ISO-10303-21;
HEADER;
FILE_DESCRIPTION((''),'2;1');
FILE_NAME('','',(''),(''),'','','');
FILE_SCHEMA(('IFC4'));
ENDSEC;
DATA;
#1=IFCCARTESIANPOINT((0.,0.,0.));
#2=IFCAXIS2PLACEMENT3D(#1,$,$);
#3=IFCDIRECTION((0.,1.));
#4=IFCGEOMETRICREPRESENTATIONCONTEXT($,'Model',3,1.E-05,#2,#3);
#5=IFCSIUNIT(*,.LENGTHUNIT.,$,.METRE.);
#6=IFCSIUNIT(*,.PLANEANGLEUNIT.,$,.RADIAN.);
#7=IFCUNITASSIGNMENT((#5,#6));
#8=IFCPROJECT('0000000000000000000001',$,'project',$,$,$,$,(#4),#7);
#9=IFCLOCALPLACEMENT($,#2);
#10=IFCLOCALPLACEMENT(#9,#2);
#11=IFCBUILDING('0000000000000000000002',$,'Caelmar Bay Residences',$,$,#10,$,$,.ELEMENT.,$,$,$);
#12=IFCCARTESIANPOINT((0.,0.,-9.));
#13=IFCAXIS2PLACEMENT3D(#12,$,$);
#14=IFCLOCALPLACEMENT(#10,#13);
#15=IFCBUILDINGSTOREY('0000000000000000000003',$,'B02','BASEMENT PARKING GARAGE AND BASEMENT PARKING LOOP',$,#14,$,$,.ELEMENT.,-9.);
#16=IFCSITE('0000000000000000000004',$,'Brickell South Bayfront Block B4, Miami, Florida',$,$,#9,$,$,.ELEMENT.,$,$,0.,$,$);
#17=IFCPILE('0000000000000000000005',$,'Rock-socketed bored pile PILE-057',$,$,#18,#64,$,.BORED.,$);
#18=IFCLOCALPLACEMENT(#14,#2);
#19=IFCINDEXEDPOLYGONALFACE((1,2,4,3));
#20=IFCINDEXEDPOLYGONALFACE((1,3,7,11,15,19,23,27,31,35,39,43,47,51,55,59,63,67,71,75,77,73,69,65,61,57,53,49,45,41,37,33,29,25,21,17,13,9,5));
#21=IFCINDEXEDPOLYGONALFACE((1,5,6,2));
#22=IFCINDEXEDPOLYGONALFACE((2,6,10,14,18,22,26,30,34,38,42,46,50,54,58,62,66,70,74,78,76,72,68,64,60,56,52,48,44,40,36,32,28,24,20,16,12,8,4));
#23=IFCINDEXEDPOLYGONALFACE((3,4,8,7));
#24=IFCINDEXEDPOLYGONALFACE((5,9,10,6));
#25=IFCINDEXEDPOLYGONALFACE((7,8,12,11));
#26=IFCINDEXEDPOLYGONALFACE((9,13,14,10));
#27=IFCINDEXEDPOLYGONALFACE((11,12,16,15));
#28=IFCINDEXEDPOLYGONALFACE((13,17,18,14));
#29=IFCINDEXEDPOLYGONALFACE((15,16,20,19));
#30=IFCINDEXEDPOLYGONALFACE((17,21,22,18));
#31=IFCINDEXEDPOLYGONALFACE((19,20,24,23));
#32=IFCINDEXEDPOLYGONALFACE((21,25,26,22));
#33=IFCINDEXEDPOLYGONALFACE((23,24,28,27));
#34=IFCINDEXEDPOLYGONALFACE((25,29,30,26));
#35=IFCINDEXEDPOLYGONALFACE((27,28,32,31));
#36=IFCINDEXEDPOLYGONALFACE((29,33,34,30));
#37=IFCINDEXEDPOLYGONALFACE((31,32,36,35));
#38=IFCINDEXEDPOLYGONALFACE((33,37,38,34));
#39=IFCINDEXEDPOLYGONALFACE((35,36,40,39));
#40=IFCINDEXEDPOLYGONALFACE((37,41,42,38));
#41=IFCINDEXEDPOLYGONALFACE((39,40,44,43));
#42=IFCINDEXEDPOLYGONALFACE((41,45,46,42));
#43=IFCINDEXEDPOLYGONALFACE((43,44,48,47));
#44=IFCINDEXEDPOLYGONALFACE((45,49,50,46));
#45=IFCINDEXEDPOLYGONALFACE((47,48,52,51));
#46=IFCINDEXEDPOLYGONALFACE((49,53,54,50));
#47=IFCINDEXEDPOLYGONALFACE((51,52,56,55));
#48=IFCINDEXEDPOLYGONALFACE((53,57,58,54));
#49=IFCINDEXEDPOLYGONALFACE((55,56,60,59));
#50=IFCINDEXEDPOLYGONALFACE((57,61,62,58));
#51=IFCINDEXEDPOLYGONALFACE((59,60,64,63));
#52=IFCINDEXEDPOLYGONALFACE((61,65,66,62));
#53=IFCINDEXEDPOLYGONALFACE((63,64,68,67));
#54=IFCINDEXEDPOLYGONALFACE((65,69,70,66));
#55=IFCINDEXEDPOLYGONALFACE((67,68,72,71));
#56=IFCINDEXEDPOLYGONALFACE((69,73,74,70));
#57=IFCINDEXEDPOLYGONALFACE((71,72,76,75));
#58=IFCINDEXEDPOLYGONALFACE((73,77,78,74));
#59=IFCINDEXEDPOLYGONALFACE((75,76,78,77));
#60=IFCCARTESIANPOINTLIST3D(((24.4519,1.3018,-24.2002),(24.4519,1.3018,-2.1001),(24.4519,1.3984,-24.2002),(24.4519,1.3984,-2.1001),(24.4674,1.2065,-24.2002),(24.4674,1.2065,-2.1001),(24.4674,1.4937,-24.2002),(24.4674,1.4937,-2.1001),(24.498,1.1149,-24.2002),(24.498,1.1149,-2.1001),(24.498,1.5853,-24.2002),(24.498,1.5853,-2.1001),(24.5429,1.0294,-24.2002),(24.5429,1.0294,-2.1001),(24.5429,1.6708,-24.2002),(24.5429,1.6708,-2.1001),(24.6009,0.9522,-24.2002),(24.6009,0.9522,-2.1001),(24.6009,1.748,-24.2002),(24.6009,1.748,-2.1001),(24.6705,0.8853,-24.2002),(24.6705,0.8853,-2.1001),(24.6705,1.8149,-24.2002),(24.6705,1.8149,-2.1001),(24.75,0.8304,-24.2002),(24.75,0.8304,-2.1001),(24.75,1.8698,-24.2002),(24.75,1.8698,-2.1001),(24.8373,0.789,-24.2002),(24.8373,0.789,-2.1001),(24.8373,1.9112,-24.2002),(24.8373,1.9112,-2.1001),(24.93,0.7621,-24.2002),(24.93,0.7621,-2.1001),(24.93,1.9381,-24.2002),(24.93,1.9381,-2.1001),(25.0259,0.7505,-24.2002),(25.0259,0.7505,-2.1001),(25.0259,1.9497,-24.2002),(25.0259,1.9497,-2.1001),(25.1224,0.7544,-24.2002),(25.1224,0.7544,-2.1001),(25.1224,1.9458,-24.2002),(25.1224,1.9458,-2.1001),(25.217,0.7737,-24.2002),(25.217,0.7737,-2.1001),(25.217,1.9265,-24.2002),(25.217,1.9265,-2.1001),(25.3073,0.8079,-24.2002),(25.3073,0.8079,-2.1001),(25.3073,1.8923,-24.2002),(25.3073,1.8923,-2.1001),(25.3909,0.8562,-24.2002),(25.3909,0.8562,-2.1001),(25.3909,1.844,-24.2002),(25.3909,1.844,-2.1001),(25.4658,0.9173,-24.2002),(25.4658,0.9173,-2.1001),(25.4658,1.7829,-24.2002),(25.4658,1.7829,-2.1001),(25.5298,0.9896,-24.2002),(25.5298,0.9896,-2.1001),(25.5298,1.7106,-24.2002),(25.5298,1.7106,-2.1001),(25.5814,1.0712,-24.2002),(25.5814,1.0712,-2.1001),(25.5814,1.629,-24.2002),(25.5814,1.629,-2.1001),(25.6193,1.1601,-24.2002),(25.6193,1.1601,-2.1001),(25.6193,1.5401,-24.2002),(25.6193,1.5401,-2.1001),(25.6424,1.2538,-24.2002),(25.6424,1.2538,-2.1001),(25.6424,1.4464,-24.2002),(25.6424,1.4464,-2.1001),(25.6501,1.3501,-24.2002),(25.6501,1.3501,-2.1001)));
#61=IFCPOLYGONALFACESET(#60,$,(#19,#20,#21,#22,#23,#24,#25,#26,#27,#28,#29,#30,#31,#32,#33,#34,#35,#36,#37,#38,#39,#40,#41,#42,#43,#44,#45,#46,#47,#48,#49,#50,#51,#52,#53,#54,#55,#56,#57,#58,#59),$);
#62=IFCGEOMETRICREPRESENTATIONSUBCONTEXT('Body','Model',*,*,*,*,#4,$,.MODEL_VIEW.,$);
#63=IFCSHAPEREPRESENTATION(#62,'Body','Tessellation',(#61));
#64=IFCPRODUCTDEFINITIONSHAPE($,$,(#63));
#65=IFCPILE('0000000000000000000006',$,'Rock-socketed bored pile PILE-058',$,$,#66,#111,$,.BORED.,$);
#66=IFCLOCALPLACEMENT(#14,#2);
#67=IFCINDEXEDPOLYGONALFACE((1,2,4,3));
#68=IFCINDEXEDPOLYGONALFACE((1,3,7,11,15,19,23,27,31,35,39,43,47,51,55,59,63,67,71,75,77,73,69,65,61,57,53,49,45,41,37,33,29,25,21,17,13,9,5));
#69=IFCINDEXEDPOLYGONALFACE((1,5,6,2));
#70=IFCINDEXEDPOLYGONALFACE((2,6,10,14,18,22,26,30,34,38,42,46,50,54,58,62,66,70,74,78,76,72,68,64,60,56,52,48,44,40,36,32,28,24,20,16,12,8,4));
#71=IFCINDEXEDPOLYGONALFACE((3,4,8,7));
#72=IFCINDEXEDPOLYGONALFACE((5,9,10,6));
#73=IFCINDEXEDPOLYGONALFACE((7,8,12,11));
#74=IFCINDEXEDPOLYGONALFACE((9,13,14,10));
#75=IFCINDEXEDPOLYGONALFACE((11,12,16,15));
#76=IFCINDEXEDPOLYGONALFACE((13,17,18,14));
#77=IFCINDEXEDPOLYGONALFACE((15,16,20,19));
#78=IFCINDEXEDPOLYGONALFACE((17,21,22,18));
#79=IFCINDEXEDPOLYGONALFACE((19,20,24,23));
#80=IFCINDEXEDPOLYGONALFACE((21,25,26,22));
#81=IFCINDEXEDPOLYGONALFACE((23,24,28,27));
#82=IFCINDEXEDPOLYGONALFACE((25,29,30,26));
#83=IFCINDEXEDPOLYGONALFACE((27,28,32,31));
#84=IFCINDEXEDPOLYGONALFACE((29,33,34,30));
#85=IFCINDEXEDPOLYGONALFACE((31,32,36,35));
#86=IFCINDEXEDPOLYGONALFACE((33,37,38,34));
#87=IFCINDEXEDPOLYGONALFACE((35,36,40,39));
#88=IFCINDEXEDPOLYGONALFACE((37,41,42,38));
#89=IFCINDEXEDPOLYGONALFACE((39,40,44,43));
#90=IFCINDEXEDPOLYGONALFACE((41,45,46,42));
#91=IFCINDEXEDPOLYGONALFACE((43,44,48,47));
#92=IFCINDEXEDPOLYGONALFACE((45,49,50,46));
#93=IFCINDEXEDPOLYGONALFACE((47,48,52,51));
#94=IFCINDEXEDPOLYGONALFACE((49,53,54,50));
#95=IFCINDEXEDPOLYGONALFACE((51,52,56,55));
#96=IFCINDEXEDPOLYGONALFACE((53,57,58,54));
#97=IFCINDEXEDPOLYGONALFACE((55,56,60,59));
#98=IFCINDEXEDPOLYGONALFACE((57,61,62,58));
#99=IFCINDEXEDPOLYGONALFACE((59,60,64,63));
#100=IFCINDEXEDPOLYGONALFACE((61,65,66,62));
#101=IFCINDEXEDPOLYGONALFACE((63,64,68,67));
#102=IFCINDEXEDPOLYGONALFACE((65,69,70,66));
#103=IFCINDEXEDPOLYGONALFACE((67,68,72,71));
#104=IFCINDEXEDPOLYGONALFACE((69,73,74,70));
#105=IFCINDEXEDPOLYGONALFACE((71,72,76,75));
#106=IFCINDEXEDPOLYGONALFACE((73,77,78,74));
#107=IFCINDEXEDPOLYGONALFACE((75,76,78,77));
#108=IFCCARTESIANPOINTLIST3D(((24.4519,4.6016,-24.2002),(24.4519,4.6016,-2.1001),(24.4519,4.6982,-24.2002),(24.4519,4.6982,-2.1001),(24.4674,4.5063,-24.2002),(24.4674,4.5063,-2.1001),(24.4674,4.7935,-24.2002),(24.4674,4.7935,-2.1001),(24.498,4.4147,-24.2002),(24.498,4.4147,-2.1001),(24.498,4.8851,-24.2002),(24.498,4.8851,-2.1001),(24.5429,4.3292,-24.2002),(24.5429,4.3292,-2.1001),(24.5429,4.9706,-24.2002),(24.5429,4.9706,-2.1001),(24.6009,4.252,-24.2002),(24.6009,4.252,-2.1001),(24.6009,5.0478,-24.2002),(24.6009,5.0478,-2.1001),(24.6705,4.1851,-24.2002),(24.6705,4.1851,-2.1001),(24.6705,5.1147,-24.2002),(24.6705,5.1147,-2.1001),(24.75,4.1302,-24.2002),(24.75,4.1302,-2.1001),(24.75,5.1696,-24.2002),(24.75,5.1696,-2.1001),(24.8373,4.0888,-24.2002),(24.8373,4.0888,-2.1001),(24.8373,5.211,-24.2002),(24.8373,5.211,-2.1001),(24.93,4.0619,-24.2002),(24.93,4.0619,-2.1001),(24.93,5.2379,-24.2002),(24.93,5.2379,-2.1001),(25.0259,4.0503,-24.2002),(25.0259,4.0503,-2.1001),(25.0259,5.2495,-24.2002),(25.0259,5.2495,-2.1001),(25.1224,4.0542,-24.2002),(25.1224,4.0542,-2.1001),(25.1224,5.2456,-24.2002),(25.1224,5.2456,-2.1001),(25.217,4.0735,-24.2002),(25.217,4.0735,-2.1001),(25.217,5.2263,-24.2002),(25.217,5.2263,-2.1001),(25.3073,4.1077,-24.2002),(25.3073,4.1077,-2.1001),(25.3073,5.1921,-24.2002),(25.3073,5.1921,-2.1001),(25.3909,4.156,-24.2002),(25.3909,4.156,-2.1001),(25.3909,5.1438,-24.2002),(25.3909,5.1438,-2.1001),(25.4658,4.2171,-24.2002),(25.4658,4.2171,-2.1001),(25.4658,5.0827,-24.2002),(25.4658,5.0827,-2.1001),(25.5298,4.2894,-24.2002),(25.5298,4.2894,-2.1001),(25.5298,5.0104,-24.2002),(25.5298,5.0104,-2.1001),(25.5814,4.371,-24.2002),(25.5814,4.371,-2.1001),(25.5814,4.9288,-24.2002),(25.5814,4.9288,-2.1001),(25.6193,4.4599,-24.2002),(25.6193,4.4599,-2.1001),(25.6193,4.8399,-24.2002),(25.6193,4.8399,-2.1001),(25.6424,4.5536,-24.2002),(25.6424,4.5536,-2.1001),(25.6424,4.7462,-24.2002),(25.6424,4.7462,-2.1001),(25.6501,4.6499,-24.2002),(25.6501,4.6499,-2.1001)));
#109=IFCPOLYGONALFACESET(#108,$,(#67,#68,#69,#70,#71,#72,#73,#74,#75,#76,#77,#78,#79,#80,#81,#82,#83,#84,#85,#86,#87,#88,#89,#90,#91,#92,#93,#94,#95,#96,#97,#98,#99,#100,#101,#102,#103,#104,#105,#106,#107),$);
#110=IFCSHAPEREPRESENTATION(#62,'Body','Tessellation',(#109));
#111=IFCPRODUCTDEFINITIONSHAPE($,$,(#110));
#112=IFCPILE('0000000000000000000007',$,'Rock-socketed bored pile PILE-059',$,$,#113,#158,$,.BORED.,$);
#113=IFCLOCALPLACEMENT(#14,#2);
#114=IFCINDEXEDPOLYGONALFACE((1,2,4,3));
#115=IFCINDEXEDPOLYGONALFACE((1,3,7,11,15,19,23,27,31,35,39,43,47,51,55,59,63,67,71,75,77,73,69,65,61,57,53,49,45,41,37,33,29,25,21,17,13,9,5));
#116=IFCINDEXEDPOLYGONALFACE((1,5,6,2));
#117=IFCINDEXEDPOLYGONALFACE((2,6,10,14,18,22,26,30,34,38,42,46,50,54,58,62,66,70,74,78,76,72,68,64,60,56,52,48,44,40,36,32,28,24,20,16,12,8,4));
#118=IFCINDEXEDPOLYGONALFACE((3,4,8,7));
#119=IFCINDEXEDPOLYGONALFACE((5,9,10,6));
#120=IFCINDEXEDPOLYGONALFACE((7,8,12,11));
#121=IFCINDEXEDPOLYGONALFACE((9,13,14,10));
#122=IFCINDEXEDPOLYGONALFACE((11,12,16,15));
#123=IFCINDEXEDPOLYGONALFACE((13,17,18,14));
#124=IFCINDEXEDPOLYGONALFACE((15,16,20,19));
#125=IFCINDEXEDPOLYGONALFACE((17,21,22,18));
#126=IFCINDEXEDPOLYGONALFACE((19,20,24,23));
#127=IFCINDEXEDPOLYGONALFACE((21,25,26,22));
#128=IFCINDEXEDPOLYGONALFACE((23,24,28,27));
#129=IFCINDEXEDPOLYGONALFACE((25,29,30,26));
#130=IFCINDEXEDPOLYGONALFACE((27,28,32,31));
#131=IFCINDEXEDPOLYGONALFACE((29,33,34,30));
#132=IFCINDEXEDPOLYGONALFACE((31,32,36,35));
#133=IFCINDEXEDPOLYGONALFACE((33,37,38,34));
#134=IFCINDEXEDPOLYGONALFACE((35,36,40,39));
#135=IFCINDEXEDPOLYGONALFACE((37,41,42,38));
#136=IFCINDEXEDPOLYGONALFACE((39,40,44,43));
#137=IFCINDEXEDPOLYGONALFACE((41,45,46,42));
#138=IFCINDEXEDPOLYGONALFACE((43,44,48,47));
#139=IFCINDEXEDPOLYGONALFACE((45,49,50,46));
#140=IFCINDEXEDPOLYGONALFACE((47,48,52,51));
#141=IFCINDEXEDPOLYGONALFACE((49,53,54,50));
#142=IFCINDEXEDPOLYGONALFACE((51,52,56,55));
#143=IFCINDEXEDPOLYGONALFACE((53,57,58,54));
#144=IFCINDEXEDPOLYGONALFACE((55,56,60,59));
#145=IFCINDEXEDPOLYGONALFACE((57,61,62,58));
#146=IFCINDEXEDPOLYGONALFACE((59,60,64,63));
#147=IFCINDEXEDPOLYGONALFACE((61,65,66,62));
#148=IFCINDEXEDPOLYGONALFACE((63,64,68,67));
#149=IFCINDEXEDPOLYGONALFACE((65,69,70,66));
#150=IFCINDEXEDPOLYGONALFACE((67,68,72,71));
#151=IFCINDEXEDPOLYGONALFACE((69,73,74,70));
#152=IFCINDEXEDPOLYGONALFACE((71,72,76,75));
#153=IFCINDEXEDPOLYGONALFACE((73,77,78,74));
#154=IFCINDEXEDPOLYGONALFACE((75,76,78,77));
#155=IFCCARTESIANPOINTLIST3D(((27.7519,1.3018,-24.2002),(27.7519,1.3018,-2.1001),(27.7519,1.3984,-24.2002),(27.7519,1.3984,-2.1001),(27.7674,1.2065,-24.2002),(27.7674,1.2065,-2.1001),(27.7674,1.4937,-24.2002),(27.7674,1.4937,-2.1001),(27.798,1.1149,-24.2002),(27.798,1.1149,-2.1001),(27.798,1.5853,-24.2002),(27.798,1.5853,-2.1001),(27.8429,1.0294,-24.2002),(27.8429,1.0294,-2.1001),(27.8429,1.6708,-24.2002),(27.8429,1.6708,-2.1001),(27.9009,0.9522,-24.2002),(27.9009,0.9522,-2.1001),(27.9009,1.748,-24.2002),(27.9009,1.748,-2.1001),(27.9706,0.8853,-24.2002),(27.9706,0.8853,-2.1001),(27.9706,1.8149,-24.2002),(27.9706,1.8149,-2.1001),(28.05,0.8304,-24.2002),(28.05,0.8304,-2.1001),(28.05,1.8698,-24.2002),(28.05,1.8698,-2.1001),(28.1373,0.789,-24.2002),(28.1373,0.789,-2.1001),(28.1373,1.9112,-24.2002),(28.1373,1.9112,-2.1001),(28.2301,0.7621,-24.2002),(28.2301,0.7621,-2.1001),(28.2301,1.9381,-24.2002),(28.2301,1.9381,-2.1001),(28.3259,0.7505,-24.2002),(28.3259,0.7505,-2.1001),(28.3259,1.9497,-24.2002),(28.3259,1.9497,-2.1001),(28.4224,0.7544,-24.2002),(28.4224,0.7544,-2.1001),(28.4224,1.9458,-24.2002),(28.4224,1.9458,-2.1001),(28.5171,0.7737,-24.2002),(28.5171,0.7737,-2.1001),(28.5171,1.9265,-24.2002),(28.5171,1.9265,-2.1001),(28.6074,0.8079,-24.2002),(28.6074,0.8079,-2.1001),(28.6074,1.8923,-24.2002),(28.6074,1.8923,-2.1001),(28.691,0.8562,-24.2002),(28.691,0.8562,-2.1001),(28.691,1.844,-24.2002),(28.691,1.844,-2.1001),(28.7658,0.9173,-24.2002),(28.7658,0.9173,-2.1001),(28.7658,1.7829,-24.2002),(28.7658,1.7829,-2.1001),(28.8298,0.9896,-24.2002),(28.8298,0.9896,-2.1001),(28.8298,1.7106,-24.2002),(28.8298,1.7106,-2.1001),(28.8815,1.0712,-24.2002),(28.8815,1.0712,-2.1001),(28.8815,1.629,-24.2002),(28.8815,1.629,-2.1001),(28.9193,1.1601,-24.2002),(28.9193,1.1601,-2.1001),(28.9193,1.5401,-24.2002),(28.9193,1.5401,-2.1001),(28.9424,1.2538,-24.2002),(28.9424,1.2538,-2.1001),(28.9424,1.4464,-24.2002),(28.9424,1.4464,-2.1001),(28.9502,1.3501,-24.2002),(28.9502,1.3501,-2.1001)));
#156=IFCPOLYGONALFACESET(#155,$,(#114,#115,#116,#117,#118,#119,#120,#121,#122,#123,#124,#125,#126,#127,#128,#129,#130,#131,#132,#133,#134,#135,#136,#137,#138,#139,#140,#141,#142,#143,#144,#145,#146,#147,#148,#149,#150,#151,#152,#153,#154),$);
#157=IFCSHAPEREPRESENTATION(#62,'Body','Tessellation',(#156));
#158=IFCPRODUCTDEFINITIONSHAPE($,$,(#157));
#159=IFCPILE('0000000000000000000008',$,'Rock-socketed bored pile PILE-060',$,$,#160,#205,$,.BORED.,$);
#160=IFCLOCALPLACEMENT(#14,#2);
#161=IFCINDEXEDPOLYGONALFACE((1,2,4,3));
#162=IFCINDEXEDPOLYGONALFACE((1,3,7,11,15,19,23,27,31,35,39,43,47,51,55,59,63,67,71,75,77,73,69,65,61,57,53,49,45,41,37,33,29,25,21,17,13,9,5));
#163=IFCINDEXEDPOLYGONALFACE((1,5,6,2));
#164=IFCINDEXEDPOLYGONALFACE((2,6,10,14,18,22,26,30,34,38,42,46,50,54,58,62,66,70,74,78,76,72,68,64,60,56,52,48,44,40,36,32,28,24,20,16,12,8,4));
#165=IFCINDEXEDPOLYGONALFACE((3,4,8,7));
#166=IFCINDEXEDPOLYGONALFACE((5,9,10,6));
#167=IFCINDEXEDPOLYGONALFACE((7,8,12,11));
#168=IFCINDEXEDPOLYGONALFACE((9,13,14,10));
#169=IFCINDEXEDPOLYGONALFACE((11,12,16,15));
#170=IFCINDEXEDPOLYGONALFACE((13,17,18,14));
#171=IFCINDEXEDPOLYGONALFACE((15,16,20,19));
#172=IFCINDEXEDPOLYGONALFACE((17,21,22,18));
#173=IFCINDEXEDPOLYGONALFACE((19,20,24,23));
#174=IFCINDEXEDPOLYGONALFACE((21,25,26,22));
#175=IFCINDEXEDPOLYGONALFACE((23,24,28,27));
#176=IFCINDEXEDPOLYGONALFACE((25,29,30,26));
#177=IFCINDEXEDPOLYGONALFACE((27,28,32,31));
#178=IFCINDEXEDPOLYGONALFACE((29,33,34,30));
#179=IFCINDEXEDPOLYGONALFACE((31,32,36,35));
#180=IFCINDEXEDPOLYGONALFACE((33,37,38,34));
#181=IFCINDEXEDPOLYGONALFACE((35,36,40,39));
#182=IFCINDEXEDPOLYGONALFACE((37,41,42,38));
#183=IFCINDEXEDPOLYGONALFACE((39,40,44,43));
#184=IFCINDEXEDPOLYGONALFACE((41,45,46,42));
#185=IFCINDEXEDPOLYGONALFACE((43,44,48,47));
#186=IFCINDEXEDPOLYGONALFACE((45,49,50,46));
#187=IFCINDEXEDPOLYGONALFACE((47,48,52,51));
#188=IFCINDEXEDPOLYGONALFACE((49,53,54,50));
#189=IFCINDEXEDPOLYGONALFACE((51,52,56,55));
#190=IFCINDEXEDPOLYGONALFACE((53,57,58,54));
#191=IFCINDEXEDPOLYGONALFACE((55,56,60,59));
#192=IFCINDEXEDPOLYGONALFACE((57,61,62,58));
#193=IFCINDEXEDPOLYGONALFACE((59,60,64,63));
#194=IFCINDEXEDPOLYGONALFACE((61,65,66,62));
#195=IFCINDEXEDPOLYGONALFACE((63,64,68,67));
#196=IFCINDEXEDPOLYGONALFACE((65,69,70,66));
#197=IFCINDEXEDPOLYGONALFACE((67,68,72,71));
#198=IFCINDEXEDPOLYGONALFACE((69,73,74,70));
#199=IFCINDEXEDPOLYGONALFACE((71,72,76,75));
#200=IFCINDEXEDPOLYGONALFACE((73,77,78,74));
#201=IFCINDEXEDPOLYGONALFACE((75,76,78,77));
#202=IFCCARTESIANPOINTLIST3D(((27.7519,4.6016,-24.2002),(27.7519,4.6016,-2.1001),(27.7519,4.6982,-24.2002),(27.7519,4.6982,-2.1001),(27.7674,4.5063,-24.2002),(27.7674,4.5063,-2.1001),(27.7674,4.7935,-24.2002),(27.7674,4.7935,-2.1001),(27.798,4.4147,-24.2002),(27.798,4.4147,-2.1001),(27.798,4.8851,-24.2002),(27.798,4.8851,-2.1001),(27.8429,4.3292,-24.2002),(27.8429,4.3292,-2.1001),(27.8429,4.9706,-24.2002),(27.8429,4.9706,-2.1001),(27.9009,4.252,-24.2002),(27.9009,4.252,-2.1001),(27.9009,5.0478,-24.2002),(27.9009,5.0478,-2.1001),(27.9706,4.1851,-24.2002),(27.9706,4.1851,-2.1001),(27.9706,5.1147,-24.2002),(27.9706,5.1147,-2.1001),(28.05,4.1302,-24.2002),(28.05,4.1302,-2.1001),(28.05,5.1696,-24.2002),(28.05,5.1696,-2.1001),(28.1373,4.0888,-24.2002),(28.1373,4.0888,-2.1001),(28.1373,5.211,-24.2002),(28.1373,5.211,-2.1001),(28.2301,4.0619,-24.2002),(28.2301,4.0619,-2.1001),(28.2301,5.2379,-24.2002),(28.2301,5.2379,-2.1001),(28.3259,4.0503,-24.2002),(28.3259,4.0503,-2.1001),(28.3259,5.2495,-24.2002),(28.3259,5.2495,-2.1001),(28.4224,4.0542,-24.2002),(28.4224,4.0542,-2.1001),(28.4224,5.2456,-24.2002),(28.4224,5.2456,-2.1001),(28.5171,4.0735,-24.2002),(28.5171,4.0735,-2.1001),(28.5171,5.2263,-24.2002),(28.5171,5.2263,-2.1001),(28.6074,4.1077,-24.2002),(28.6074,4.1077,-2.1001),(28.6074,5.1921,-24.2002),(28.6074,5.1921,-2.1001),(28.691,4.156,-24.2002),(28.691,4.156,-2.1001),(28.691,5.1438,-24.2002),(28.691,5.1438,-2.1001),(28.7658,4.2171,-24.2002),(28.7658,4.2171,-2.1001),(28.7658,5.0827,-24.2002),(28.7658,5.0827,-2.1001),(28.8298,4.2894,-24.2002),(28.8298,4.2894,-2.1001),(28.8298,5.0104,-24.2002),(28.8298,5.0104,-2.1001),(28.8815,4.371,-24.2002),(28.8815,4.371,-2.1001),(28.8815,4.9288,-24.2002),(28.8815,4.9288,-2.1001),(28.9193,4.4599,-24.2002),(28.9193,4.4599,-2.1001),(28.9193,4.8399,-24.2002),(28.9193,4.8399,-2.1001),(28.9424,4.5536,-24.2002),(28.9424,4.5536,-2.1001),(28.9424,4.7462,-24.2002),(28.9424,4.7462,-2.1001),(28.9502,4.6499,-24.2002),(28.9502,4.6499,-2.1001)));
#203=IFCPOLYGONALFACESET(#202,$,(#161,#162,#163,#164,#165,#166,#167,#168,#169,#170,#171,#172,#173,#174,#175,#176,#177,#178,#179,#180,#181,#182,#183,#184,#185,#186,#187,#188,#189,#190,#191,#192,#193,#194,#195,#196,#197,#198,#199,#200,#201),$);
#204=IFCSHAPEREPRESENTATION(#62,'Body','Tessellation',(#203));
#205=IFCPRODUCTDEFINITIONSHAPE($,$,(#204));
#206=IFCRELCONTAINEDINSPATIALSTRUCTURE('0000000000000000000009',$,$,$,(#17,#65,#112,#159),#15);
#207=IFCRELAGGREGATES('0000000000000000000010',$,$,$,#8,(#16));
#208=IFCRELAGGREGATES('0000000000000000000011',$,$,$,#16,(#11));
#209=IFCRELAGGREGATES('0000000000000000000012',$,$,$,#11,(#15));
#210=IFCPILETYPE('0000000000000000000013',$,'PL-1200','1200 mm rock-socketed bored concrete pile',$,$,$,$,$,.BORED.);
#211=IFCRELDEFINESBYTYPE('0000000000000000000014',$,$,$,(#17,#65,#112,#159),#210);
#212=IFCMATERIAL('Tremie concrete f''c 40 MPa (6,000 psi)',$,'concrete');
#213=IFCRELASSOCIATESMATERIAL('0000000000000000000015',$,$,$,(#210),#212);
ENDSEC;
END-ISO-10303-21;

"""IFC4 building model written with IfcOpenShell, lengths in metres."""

from ifc_helpers import new_model, si_unit, direction, frame, origin, origin_2d, place, context, subcontext, project, spatial, circle, extrude, material, material_profile, profile_set, type_object, element, save


model = new_model("IFC4")

# Units and contexts
model_context = context("Model", 3, precision=1e-05, world=origin(), true_north=direction((0.0, 1.0)))
body_context = subcontext(model_context, "Body", "Model", "MODEL_VIEW")
ifc_project = project(units=[si_unit("LENGTHUNIT", "METRE"), si_unit("PLANEANGLEUNIT", "RADIAN")], contexts=[model_context])

# Site, building, storey
site_placement = place(None, origin())
site = spatial("IfcSite", under=ifc_project, at=site_placement, Name="Brickell South Bayfront Block B4, Miami, Florida", CompositionType="ELEMENT", RefElevation=0.0)
building_placement = place(site_placement, origin())
building = spatial("IfcBuilding", under=site, at=building_placement, Name="Caelmar Bay Residences", CompositionType="ELEMENT")
storey_placement = place(building_placement, frame((0.0, 0.0, -9.0)))
storey = spatial("IfcBuildingStorey", under=building, at=storey_placement, Name="B02", Description="BASEMENT PARKING GARAGE AND BASEMENT PARKING LOOP", CompositionType="ELEMENT", Elevation=-9.0)

# Piles
ifc_material_1 = material(Name="Tremie concrete f'c 40 MPa (6,000 psi)", Category="concrete")
ifc_material_profile_1 = material_profile(ifc_material_1, circle(Radius=0.6001, at=origin_2d()), Name="PILE-1200D")
ifc_profile_set_1 = profile_set([ifc_material_profile_1], Name="Tremie concrete f'c 40 MPa (6,000 psi)")
pile_type = type_object("IfcPileType", Name="PL-1200", Description="1200 mm rock-socketed bored concrete pile", PredefinedType="BORED", material=ifc_profile_set_1)
for number, where, z_axis, x_axis, name in (
    (1, (25.05, 1.3501, -2.1001), (0.0, 0.0, -1.0), (1.0, 0.0, 0.0), "Rock-socketed bored pile PILE-057"),
    (2, (25.05, 4.6499, -2.1001), (0.0, 0.0, -1.0), (1.0, 0.0, 0.0), "Rock-socketed bored pile PILE-058"),
    (3, (28.3501, 1.3501, -2.1001), (0.0, 0.0, -1.0), (1.0, 0.0, 0.0), "Rock-socketed bored pile PILE-059"),
    (4, (28.3501, 4.6499, -2.1001), (0.0, 0.0, -1.0), (1.0, 0.0, 0.0), "Rock-socketed bored pile PILE-060"),
):
    element("IfcPile", number, at=place(storey_placement, frame(where, z_axis=z_axis, x_axis=x_axis)), inside=storey, type_object=pile_type, Name=name, PredefinedType="BORED", context=body_context, shape_type="SweptSolid", body=[
        extrude(circle(Radius=0.6001, at=origin_2d()), origin(), (0.0, 0.0, 1.0), 22.1001),
    ])

save(model, "model.ifc")
